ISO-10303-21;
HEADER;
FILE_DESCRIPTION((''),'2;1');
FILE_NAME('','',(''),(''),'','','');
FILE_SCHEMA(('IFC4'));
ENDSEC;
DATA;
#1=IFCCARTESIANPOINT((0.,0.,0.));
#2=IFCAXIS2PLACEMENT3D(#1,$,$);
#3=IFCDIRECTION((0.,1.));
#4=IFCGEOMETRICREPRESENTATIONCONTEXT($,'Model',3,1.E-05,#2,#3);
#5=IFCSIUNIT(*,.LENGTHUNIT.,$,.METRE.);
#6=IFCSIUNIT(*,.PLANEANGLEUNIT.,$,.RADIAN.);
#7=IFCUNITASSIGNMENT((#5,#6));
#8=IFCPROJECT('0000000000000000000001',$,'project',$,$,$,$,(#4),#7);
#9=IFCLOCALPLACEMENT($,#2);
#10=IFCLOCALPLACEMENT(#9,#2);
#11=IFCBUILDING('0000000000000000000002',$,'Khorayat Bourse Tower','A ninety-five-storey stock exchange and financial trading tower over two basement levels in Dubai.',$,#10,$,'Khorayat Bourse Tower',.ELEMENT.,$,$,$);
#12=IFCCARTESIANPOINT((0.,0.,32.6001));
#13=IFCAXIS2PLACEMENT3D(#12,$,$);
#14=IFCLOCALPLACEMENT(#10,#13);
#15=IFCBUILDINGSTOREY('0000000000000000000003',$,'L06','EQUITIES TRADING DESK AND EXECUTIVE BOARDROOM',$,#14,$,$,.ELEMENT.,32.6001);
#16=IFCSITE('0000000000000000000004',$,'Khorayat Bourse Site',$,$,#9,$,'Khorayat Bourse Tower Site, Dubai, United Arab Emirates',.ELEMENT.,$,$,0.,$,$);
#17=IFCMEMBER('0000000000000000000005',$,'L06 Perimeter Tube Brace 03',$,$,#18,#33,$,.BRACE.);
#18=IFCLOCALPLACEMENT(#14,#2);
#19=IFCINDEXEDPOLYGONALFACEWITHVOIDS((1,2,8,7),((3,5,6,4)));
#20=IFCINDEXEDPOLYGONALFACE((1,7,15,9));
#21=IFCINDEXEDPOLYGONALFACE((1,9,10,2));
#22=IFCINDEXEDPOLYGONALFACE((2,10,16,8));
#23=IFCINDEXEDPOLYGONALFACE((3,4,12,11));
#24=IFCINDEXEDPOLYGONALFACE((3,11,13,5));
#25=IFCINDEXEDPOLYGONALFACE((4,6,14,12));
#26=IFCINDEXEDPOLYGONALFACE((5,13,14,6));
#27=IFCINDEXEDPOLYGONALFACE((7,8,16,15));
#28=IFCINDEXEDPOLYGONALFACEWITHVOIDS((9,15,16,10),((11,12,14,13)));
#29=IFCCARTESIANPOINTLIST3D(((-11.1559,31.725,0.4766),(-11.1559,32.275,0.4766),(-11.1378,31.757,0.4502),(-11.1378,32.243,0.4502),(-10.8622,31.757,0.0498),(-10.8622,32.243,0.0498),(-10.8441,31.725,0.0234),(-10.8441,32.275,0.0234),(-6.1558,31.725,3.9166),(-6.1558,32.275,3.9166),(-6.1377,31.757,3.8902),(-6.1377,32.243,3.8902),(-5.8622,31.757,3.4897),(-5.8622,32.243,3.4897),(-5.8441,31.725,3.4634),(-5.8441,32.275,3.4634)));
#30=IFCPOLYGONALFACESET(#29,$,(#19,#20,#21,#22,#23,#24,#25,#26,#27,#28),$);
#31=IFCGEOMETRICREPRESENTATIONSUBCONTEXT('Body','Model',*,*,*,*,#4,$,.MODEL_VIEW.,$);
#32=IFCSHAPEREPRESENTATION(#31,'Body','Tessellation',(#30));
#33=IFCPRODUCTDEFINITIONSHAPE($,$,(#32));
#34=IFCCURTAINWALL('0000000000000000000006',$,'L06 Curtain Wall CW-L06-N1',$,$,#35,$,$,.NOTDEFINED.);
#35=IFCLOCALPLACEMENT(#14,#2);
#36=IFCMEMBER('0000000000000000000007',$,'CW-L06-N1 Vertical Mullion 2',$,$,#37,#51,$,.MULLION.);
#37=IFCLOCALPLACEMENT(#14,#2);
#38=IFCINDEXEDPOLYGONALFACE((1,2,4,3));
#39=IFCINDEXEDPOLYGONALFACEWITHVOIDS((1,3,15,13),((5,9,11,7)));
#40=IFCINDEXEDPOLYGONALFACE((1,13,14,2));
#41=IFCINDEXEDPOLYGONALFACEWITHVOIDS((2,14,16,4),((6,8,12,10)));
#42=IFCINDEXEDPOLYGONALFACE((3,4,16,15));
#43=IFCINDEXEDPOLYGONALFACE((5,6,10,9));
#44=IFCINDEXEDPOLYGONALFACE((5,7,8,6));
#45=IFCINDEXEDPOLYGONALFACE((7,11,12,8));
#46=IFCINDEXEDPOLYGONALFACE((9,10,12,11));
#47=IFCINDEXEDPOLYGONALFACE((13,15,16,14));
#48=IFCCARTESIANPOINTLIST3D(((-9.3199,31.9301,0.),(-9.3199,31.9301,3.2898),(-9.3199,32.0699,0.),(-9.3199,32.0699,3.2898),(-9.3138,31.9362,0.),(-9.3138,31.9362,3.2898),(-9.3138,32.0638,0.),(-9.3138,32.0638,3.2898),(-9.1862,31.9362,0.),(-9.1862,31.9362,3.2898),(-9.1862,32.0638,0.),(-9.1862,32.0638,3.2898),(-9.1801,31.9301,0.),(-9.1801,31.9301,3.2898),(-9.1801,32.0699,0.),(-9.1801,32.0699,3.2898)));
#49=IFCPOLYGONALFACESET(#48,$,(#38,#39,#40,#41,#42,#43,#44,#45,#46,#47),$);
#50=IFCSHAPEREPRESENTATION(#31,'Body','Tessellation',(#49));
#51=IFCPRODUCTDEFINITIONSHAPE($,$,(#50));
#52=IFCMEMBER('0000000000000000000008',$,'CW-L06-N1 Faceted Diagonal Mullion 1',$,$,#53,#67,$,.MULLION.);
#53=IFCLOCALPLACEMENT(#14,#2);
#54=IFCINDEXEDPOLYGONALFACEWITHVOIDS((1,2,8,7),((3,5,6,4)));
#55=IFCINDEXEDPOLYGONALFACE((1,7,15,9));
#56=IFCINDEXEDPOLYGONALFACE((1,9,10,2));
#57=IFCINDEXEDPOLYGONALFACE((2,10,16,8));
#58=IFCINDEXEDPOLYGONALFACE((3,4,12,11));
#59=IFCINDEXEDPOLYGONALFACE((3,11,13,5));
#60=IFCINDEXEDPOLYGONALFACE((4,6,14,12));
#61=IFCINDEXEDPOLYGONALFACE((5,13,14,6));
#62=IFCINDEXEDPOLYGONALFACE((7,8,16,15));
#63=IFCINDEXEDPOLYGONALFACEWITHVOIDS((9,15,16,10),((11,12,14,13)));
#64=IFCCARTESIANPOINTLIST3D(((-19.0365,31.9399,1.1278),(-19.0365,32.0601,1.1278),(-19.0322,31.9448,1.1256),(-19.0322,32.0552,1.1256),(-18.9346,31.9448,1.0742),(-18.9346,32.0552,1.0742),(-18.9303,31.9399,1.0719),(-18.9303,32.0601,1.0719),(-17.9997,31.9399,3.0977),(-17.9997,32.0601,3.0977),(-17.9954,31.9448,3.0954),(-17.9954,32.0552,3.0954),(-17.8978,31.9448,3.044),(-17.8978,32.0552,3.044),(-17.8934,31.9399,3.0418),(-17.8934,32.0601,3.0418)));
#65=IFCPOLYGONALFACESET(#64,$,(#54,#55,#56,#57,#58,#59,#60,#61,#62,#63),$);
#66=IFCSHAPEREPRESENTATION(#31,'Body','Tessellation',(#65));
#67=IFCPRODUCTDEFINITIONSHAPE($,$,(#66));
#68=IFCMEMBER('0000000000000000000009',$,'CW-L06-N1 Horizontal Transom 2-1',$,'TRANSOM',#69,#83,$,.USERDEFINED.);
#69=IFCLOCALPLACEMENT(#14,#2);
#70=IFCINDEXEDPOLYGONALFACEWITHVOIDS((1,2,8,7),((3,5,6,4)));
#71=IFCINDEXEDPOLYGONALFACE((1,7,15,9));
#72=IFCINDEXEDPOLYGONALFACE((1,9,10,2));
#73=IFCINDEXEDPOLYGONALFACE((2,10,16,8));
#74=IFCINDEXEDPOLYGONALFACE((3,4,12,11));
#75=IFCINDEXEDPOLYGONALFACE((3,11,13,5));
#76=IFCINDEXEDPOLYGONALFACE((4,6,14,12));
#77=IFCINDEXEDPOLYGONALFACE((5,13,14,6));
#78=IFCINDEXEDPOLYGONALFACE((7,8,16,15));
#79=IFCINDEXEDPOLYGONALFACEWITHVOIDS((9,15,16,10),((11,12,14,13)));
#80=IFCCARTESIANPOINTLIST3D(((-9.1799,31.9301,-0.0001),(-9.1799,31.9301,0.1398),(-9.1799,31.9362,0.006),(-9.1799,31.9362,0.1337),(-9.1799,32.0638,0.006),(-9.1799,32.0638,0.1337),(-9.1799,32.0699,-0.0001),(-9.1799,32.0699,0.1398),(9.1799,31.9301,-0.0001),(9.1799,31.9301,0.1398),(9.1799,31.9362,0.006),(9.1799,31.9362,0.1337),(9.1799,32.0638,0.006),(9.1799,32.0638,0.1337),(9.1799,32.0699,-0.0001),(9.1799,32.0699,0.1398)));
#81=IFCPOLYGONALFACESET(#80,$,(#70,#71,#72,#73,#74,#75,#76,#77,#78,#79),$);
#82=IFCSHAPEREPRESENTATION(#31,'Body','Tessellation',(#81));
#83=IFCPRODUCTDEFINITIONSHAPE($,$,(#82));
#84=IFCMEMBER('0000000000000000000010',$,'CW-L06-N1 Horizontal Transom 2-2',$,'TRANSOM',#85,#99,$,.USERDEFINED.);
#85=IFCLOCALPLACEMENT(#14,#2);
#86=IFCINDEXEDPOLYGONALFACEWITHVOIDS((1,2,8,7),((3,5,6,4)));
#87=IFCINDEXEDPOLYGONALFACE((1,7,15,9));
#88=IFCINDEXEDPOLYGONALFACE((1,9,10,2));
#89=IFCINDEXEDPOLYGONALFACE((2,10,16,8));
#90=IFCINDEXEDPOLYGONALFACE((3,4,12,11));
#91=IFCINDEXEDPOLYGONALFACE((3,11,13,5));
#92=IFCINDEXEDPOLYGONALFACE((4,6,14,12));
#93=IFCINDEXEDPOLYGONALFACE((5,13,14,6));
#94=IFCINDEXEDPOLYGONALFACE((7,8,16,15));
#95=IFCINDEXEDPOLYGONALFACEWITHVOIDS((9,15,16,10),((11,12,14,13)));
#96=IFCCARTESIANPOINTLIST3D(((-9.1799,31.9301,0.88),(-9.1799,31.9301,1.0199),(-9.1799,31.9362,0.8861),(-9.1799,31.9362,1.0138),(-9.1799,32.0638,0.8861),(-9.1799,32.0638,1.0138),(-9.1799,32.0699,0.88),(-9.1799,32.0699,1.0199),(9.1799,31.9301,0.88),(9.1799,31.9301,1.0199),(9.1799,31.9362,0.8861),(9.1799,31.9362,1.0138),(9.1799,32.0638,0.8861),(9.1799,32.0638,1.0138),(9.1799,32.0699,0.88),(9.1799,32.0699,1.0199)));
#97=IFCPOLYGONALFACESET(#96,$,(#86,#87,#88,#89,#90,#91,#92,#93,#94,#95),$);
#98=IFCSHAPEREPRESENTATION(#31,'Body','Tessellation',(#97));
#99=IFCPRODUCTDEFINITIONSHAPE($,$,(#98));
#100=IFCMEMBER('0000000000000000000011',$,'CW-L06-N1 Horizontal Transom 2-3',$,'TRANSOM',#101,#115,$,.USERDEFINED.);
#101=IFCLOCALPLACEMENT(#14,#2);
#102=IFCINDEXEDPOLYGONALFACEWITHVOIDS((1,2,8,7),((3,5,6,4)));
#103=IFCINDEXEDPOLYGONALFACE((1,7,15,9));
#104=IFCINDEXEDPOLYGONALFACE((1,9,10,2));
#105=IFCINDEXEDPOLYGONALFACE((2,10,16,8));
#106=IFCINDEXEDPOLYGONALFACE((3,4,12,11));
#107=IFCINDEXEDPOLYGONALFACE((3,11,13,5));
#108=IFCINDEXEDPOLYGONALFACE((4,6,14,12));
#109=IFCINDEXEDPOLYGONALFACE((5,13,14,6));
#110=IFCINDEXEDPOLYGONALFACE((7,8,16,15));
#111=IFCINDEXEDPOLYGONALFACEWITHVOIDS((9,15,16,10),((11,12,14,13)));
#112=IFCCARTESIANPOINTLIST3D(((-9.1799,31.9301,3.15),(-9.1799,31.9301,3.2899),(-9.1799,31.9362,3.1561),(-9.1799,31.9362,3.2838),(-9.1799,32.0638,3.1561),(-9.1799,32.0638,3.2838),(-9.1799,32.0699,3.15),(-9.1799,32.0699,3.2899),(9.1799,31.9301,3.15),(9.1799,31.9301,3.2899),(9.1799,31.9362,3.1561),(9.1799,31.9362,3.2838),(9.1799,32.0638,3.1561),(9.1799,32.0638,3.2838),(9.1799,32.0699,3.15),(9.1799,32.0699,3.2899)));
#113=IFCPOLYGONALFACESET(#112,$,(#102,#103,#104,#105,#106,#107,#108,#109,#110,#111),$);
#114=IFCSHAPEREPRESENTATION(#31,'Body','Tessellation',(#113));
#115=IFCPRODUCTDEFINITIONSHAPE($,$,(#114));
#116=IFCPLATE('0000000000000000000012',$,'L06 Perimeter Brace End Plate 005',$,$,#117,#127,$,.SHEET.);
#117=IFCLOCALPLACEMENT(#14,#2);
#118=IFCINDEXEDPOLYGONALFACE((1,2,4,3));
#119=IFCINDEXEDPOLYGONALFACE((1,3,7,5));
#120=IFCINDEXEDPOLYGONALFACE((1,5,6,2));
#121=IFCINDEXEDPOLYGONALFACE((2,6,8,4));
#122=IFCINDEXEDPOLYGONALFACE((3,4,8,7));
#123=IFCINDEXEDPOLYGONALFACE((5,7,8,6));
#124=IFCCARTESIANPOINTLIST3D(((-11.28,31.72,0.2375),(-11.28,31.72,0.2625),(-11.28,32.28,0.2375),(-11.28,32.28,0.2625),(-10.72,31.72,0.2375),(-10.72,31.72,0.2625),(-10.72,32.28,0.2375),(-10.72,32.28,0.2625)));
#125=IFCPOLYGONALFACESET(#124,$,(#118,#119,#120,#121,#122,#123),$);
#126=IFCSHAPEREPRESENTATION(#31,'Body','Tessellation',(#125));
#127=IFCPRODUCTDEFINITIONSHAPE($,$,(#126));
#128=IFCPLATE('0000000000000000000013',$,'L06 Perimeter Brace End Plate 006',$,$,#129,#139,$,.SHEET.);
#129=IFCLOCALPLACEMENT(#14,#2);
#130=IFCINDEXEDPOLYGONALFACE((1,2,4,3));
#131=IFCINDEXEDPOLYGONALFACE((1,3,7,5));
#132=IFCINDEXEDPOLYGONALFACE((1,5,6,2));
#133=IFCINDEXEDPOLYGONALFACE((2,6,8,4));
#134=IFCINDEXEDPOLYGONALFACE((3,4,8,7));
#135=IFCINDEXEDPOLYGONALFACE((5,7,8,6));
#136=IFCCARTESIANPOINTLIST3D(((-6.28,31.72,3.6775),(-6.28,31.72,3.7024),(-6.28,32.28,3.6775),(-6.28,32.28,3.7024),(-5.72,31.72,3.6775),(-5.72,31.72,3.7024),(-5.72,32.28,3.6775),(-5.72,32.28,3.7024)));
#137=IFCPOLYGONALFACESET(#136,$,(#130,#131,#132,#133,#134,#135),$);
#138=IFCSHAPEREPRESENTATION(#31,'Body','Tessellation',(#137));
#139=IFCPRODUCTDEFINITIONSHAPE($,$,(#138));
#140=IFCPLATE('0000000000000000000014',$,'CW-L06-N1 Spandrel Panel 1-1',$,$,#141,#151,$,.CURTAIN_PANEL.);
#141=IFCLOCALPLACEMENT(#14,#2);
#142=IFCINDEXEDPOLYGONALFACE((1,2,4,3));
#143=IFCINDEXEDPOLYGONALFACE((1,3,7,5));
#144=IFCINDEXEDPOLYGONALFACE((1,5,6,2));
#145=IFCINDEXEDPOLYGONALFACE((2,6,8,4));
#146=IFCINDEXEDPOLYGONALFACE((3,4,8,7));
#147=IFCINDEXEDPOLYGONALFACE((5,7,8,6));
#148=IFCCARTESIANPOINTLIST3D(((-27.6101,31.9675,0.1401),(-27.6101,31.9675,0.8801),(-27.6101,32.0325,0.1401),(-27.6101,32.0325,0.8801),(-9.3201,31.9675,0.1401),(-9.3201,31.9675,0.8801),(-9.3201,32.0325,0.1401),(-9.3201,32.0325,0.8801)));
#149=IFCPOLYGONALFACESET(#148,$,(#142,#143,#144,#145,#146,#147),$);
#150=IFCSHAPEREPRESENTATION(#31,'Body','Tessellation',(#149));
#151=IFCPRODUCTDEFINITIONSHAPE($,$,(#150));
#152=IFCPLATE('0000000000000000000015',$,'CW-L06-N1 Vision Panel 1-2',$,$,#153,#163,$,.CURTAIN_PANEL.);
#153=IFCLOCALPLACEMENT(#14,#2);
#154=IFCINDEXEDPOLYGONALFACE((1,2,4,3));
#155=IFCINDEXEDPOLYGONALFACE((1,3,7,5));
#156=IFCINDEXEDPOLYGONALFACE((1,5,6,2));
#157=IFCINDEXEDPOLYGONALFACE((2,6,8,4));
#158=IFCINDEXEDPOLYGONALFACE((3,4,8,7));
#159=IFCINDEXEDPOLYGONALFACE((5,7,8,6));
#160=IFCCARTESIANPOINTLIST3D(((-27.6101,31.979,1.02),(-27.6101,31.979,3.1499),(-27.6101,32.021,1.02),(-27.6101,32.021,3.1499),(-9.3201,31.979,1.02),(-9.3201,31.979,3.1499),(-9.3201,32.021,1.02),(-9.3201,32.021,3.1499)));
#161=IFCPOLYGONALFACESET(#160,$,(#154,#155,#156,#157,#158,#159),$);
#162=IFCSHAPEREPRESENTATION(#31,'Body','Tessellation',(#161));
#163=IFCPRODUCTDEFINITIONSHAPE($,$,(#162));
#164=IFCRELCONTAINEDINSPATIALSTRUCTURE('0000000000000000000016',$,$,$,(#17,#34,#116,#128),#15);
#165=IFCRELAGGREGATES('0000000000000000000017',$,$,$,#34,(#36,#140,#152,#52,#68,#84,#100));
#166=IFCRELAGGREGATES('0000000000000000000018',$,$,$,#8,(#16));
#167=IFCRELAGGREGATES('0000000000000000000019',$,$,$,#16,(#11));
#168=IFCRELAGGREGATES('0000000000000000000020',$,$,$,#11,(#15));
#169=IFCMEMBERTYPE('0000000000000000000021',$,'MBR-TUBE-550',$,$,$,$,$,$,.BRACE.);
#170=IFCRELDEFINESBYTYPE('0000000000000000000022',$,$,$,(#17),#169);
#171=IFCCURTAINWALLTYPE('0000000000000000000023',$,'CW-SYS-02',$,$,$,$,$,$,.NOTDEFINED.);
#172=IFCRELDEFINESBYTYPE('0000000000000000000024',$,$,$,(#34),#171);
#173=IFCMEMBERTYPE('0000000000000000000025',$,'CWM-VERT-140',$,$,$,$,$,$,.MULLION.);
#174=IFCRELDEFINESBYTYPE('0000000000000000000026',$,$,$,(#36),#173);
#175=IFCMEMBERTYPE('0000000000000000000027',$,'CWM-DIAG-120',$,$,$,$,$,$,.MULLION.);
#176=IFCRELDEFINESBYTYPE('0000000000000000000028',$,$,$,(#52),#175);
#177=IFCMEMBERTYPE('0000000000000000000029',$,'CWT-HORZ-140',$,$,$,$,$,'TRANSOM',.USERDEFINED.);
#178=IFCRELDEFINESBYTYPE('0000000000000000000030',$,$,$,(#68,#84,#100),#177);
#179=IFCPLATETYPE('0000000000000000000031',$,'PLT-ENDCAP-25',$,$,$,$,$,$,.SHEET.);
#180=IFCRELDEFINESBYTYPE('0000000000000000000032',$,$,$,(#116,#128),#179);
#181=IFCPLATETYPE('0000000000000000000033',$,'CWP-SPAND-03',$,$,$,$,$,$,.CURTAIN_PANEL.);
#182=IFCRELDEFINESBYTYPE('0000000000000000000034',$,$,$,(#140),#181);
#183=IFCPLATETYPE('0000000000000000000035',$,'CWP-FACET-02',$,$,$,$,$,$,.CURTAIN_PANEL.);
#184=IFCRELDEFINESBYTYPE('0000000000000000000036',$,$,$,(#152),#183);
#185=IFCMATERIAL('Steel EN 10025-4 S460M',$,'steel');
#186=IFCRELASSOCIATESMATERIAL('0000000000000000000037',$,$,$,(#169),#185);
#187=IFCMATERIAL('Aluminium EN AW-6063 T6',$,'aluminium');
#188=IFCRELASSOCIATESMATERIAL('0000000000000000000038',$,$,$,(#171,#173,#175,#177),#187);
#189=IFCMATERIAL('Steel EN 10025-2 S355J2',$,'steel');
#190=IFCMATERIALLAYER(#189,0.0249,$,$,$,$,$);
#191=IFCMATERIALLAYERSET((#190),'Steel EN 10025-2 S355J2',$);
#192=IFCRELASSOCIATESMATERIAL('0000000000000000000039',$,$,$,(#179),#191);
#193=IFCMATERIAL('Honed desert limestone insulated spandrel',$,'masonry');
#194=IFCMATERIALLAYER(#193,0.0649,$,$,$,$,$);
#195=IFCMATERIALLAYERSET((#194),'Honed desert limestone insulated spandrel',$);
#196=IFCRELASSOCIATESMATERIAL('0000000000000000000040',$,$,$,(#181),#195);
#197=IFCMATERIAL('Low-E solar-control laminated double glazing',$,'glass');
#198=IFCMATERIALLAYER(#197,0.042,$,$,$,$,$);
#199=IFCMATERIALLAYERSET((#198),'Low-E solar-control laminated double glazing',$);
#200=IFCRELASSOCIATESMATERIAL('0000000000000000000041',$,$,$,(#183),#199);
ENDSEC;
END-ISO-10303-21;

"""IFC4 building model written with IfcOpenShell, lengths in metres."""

from ifc_helpers import new_model, si_unit, direction, frame, origin, origin_2d, place, context, subcontext, project, spatial, rectangle, hollow_rectangle, extrude, source, transform, mapped, material, layer, layer_set, material_profile, profile_set, type_object, element, aggregate, save


model = new_model("IFC4")

# Units and contexts
model_context = context("Model", 3, precision=1e-05, world=origin(), true_north=direction((0.0, 1.0)))
body_context = subcontext(model_context, "Body", "Model", "MODEL_VIEW")
ifc_project = project(units=[si_unit("LENGTHUNIT", "METRE"), si_unit("PLANEANGLEUNIT", "RADIAN")], contexts=[model_context])

# Site, building, storey
site_placement = place(None, origin())
site = spatial("IfcSite", under=ifc_project, at=site_placement, Name="Khorayat Bourse Site", LongName="Khorayat Bourse Tower Site, Dubai, United Arab Emirates", CompositionType="ELEMENT", RefElevation=0.0)
building_placement = place(site_placement, origin())
building = spatial("IfcBuilding", under=site, at=building_placement, Name="Khorayat Bourse Tower", Description="A ninety-five-storey stock exchange and financial trading tower over two basement levels in Dubai.", LongName="Khorayat Bourse Tower", CompositionType="ELEMENT")
storey_placement = place(building_placement, frame((0.0, 0.0, 32.6001)))
storey = spatial("IfcBuildingStorey", under=building, at=storey_placement, Name="L06", Description="EQUITIES TRADING DESK AND EXECUTIVE BOARDROOM", CompositionType="ELEMENT", Elevation=32.6001)

# Shared definitions
ifc_material_1 = material(Name="Steel EN 10025-4 S460M", Category="steel")

# Member
ifc_material_profile_1 = material_profile(ifc_material_1, hollow_rectangle(XDim=0.55, YDim=0.55, WallThickness=0.032, at=origin_2d()), Name="HSS 550x550x32")
ifc_profile_set_1 = profile_set([ifc_material_profile_1], Name="Steel EN 10025-4 S460M")
member_type_1 = type_object("IfcMemberType", Name="MBR-TUBE-550", PredefinedType="BRACE", material=ifc_profile_set_1)
shared_shape_1 = source(origin(), body_context, "Body", "SweptSolid", [
    extrude(hollow_rectangle(XDim=0.55, YDim=0.55, WallThickness=0.032, at=origin_2d()), origin(), (0.0, 0.0, 1.0), 6.0691),
])
member_1_placement = place(storey_placement, frame((-11.0, 32.0, 0.25), z_axis=(0.823854, 0.0, 0.566802), x_axis=(0.0, 1.0, 0.0)))
element("IfcMember", 1, at=member_1_placement, inside=storey, type_object=member_type_1, Name="L06 Perimeter Tube Brace 03", PredefinedType="BRACE", context=body_context, shape_type="MappedRepresentation", body=[
    mapped(shared_shape_1, transform((0.0, 0.0, 0.0), scale=1.0)),
])

# Curtain wall, members
ifc_material_2 = material(Name="Aluminium EN AW-6063 T6", Category="aluminium")
curtain_wall_type = type_object("IfcCurtainWallType", Name="CW-SYS-02", PredefinedType="NOTDEFINED", material=ifc_material_2)
curtain_wall_placement = place(storey_placement, origin())
curtain_wall = element("IfcCurtainWall", 2, at=curtain_wall_placement, inside=storey, type_object=curtain_wall_type, Name="L06 Curtain Wall CW-L06-N1", PredefinedType="NOTDEFINED")
ifc_material_profile_2 = material_profile(ifc_material_2, hollow_rectangle(XDim=0.1399, YDim=0.1399, WallThickness=0.0061, at=origin_2d()), Name="ALU 140x140x6")
ifc_profile_set_2 = profile_set([ifc_material_profile_2], Name="Aluminium EN AW-6063 T6")
member_type_2 = type_object("IfcMemberType", Name="CWM-VERT-140", PredefinedType="MULLION", material=ifc_profile_set_2)
shared_shape_2 = source(origin(), body_context, "Body", "SweptSolid", [
    extrude(hollow_rectangle(XDim=0.1399, YDim=0.1399, WallThickness=0.0061, at=origin_2d()), origin(), (0.0, 0.0, 1.0), 3.2898),
])
member_2_placement = place(storey_placement, frame((-9.25, 32.0, 0.0), z_axis=(0.0, 0.0, 1.0), x_axis=(0.0, 1.0, 0.0)))
member_2 = element("IfcMember", 3, at=member_2_placement, type_object=member_type_2, Name="CW-L06-N1 Vertical Mullion 2", PredefinedType="MULLION", context=body_context, shape_type="MappedRepresentation", body=[
    mapped(shared_shape_2, transform((0.0, 0.0, 0.0), scale=1.0)),
])
ifc_material_profile_3 = material_profile(ifc_material_2, hollow_rectangle(XDim=0.1201, YDim=0.1201, WallThickness=0.0049, at=origin_2d()), Name="ALU 120x120x5")
ifc_profile_set_3 = profile_set([ifc_material_profile_3], Name="Aluminium EN AW-6063 T6")
member_type_3 = type_object("IfcMemberType", Name="CWM-DIAG-120", PredefinedType="MULLION", material=ifc_profile_set_3)
shared_shape_3 = source(origin(), body_context, "Body", "SweptSolid", [
    extrude(hollow_rectangle(XDim=0.1201, YDim=0.1201, WallThickness=0.0049, at=origin_2d()), origin(), (0.0, 0.0, 1.0), 2.2261),
])
member_3_placement = place(storey_placement, frame((-18.9834, 32.0, 1.0999), z_axis=(0.46576, 0.0, 0.884911), x_axis=(0.0, 1.0, 0.0)))
member_3 = element("IfcMember", 4, at=member_3_placement, type_object=member_type_3, Name="CW-L06-N1 Faceted Diagonal Mullion 1", PredefinedType="MULLION", context=body_context, shape_type="MappedRepresentation", body=[
    mapped(shared_shape_3, transform((0.0, 0.0, 0.0), scale=1.0)),
])
ifc_material_profile_4 = material_profile(ifc_material_2, hollow_rectangle(XDim=0.1399, YDim=0.1399, WallThickness=0.0061, at=origin_2d()), Name="ALU 140x140x6")
ifc_profile_set_4 = profile_set([ifc_material_profile_4], Name="Aluminium EN AW-6063 T6")
member_type_4 = type_object("IfcMemberType", Name="CWT-HORZ-140", ElementType="TRANSOM", PredefinedType="USERDEFINED", material=ifc_profile_set_4)
shared_shape_4 = source(origin(), body_context, "Body", "SweptSolid", [
    extrude(hollow_rectangle(XDim=0.1399, YDim=0.1399, WallThickness=0.0061, at=origin_2d()), origin(), (0.0, 0.0, 1.0), 18.3599),
])
member_4_placement = place(storey_placement, frame((-9.1799, 32.0, 0.0698), z_axis=(1.0, 0.0, 0.0), x_axis=(0.0, 1.0, 0.0)))
member_4 = element("IfcMember", 5, at=member_4_placement, type_object=member_type_4, Name="CW-L06-N1 Horizontal Transom 2-1", ObjectType="TRANSOM", PredefinedType="USERDEFINED", context=body_context, shape_type="MappedRepresentation", body=[
    mapped(shared_shape_4, transform((0.0, 0.0, 0.0), scale=1.0)),
])
member_5_placement = place(storey_placement, frame((-9.1799, 32.0, 0.95), z_axis=(1.0, 0.0, 0.0), x_axis=(0.0, 1.0, 0.0)))
member_5 = element("IfcMember", 6, at=member_5_placement, type_object=member_type_4, Name="CW-L06-N1 Horizontal Transom 2-2", ObjectType="TRANSOM", PredefinedType="USERDEFINED", context=body_context, shape_type="MappedRepresentation", body=[
    mapped(shared_shape_4, transform((0.0, 0.0, 0.0), scale=1.0)),
])
member_6_placement = place(storey_placement, frame((-9.1799, 32.0, 3.22), z_axis=(1.0, 0.0, 0.0), x_axis=(0.0, 1.0, 0.0)))
member_6 = element("IfcMember", 7, at=member_6_placement, type_object=member_type_4, Name="CW-L06-N1 Horizontal Transom 2-3", ObjectType="TRANSOM", PredefinedType="USERDEFINED", context=body_context, shape_type="MappedRepresentation", body=[
    mapped(shared_shape_4, transform((0.0, 0.0, 0.0), scale=1.0)),
])

# Plates
ifc_material_3 = material(Name="Steel EN 10025-2 S355J2", Category="steel")
ifc_layer_1 = layer(ifc_material_3, 0.0249)
ifc_layer_set_1 = layer_set([ifc_layer_1], Name="Steel EN 10025-2 S355J2")
plate_type_1 = type_object("IfcPlateType", Name="PLT-ENDCAP-25", PredefinedType="SHEET", material=ifc_layer_set_1)
shared_shape_5 = source(origin(), body_context, "Body", "SweptSolid", [
    extrude(rectangle(XDim=0.5601, YDim=0.5601, at=origin_2d()), origin(), (0.0, 0.0, 1.0), 0.0249),
])
for number, where, z_axis, x_axis, name in (
    (8, (-11.0, 32.0, 0.2375), (0.0, 0.0, 1.0), (1.0, 0.0, 0.0), "L06 Perimeter Brace End Plate 005"),
    (9, (-6.0, 32.0, 3.6775), (0.0, 0.0, 1.0), (1.0, 0.0, 0.0), "L06 Perimeter Brace End Plate 006"),
):
    element("IfcPlate", number, at=place(storey_placement, frame(where, z_axis=z_axis, x_axis=x_axis)), inside=storey, type_object=plate_type_1, Name=name, PredefinedType="SHEET", context=body_context, shape_type="MappedRepresentation", body=[
        mapped(shared_shape_5, transform((0.0, 0.0, 0.0), scale=1.0)),
    ])

# Plates
ifc_material_4 = material(Name="Honed desert limestone insulated spandrel", Category="masonry")
ifc_layer_2 = layer(ifc_material_4, 0.0649)
ifc_layer_set_2 = layer_set([ifc_layer_2], Name="Honed desert limestone insulated spandrel")
plate_type_2 = type_object("IfcPlateType", Name="CWP-SPAND-03", PredefinedType="CURTAIN_PANEL", material=ifc_layer_set_2)
shared_shape_6 = source(origin(), body_context, "Body", "SweptSolid", [
    extrude(rectangle(XDim=18.29, YDim=0.0649, at=origin_2d()), origin(), (0.0, 0.0, 1.0), 0.74),
])
plate_1_placement = place(storey_placement, frame((-18.4651, 32.0, 0.1401), z_axis=(0.0, 0.0, 1.0), x_axis=(1.0, 0.0, 0.0)))
plate_1 = element("IfcPlate", 10, at=plate_1_placement, type_object=plate_type_2, Name="CW-L06-N1 Spandrel Panel 1-1", PredefinedType="CURTAIN_PANEL", context=body_context, shape_type="MappedRepresentation", body=[
    mapped(shared_shape_6, transform((0.0, 0.0, 0.0), scale=1.0)),
])
ifc_material_5 = material(Name="Low-E solar-control laminated double glazing", Category="glass")
ifc_layer_3 = layer(ifc_material_5, 0.042)
ifc_layer_set_3 = layer_set([ifc_layer_3], Name="Low-E solar-control laminated double glazing")
plate_type_3 = type_object("IfcPlateType", Name="CWP-FACET-02", PredefinedType="CURTAIN_PANEL", material=ifc_layer_set_3)
shared_shape_7 = source(origin(), body_context, "Body", "SweptSolid", [
    extrude(rectangle(XDim=18.29, YDim=0.042, at=origin_2d()), origin(), (0.0, 0.0, 1.0), 2.1299),
])
plate_2_placement = place(storey_placement, frame((-18.4651, 32.0, 1.02), z_axis=(0.0, 0.0, 1.0), x_axis=(1.0, 0.0, 0.0)))
plate_2 = element("IfcPlate", 11, at=plate_2_placement, type_object=plate_type_3, Name="CW-L06-N1 Vision Panel 1-2", PredefinedType="CURTAIN_PANEL", context=body_context, shape_type="MappedRepresentation", body=[
    mapped(shared_shape_7, transform((0.0, 0.0, 0.0), scale=1.0)),
])
aggregate(curtain_wall, [member_2, plate_1, plate_2, member_3, member_4, member_5, member_6])

save(model, "model.ifc")
